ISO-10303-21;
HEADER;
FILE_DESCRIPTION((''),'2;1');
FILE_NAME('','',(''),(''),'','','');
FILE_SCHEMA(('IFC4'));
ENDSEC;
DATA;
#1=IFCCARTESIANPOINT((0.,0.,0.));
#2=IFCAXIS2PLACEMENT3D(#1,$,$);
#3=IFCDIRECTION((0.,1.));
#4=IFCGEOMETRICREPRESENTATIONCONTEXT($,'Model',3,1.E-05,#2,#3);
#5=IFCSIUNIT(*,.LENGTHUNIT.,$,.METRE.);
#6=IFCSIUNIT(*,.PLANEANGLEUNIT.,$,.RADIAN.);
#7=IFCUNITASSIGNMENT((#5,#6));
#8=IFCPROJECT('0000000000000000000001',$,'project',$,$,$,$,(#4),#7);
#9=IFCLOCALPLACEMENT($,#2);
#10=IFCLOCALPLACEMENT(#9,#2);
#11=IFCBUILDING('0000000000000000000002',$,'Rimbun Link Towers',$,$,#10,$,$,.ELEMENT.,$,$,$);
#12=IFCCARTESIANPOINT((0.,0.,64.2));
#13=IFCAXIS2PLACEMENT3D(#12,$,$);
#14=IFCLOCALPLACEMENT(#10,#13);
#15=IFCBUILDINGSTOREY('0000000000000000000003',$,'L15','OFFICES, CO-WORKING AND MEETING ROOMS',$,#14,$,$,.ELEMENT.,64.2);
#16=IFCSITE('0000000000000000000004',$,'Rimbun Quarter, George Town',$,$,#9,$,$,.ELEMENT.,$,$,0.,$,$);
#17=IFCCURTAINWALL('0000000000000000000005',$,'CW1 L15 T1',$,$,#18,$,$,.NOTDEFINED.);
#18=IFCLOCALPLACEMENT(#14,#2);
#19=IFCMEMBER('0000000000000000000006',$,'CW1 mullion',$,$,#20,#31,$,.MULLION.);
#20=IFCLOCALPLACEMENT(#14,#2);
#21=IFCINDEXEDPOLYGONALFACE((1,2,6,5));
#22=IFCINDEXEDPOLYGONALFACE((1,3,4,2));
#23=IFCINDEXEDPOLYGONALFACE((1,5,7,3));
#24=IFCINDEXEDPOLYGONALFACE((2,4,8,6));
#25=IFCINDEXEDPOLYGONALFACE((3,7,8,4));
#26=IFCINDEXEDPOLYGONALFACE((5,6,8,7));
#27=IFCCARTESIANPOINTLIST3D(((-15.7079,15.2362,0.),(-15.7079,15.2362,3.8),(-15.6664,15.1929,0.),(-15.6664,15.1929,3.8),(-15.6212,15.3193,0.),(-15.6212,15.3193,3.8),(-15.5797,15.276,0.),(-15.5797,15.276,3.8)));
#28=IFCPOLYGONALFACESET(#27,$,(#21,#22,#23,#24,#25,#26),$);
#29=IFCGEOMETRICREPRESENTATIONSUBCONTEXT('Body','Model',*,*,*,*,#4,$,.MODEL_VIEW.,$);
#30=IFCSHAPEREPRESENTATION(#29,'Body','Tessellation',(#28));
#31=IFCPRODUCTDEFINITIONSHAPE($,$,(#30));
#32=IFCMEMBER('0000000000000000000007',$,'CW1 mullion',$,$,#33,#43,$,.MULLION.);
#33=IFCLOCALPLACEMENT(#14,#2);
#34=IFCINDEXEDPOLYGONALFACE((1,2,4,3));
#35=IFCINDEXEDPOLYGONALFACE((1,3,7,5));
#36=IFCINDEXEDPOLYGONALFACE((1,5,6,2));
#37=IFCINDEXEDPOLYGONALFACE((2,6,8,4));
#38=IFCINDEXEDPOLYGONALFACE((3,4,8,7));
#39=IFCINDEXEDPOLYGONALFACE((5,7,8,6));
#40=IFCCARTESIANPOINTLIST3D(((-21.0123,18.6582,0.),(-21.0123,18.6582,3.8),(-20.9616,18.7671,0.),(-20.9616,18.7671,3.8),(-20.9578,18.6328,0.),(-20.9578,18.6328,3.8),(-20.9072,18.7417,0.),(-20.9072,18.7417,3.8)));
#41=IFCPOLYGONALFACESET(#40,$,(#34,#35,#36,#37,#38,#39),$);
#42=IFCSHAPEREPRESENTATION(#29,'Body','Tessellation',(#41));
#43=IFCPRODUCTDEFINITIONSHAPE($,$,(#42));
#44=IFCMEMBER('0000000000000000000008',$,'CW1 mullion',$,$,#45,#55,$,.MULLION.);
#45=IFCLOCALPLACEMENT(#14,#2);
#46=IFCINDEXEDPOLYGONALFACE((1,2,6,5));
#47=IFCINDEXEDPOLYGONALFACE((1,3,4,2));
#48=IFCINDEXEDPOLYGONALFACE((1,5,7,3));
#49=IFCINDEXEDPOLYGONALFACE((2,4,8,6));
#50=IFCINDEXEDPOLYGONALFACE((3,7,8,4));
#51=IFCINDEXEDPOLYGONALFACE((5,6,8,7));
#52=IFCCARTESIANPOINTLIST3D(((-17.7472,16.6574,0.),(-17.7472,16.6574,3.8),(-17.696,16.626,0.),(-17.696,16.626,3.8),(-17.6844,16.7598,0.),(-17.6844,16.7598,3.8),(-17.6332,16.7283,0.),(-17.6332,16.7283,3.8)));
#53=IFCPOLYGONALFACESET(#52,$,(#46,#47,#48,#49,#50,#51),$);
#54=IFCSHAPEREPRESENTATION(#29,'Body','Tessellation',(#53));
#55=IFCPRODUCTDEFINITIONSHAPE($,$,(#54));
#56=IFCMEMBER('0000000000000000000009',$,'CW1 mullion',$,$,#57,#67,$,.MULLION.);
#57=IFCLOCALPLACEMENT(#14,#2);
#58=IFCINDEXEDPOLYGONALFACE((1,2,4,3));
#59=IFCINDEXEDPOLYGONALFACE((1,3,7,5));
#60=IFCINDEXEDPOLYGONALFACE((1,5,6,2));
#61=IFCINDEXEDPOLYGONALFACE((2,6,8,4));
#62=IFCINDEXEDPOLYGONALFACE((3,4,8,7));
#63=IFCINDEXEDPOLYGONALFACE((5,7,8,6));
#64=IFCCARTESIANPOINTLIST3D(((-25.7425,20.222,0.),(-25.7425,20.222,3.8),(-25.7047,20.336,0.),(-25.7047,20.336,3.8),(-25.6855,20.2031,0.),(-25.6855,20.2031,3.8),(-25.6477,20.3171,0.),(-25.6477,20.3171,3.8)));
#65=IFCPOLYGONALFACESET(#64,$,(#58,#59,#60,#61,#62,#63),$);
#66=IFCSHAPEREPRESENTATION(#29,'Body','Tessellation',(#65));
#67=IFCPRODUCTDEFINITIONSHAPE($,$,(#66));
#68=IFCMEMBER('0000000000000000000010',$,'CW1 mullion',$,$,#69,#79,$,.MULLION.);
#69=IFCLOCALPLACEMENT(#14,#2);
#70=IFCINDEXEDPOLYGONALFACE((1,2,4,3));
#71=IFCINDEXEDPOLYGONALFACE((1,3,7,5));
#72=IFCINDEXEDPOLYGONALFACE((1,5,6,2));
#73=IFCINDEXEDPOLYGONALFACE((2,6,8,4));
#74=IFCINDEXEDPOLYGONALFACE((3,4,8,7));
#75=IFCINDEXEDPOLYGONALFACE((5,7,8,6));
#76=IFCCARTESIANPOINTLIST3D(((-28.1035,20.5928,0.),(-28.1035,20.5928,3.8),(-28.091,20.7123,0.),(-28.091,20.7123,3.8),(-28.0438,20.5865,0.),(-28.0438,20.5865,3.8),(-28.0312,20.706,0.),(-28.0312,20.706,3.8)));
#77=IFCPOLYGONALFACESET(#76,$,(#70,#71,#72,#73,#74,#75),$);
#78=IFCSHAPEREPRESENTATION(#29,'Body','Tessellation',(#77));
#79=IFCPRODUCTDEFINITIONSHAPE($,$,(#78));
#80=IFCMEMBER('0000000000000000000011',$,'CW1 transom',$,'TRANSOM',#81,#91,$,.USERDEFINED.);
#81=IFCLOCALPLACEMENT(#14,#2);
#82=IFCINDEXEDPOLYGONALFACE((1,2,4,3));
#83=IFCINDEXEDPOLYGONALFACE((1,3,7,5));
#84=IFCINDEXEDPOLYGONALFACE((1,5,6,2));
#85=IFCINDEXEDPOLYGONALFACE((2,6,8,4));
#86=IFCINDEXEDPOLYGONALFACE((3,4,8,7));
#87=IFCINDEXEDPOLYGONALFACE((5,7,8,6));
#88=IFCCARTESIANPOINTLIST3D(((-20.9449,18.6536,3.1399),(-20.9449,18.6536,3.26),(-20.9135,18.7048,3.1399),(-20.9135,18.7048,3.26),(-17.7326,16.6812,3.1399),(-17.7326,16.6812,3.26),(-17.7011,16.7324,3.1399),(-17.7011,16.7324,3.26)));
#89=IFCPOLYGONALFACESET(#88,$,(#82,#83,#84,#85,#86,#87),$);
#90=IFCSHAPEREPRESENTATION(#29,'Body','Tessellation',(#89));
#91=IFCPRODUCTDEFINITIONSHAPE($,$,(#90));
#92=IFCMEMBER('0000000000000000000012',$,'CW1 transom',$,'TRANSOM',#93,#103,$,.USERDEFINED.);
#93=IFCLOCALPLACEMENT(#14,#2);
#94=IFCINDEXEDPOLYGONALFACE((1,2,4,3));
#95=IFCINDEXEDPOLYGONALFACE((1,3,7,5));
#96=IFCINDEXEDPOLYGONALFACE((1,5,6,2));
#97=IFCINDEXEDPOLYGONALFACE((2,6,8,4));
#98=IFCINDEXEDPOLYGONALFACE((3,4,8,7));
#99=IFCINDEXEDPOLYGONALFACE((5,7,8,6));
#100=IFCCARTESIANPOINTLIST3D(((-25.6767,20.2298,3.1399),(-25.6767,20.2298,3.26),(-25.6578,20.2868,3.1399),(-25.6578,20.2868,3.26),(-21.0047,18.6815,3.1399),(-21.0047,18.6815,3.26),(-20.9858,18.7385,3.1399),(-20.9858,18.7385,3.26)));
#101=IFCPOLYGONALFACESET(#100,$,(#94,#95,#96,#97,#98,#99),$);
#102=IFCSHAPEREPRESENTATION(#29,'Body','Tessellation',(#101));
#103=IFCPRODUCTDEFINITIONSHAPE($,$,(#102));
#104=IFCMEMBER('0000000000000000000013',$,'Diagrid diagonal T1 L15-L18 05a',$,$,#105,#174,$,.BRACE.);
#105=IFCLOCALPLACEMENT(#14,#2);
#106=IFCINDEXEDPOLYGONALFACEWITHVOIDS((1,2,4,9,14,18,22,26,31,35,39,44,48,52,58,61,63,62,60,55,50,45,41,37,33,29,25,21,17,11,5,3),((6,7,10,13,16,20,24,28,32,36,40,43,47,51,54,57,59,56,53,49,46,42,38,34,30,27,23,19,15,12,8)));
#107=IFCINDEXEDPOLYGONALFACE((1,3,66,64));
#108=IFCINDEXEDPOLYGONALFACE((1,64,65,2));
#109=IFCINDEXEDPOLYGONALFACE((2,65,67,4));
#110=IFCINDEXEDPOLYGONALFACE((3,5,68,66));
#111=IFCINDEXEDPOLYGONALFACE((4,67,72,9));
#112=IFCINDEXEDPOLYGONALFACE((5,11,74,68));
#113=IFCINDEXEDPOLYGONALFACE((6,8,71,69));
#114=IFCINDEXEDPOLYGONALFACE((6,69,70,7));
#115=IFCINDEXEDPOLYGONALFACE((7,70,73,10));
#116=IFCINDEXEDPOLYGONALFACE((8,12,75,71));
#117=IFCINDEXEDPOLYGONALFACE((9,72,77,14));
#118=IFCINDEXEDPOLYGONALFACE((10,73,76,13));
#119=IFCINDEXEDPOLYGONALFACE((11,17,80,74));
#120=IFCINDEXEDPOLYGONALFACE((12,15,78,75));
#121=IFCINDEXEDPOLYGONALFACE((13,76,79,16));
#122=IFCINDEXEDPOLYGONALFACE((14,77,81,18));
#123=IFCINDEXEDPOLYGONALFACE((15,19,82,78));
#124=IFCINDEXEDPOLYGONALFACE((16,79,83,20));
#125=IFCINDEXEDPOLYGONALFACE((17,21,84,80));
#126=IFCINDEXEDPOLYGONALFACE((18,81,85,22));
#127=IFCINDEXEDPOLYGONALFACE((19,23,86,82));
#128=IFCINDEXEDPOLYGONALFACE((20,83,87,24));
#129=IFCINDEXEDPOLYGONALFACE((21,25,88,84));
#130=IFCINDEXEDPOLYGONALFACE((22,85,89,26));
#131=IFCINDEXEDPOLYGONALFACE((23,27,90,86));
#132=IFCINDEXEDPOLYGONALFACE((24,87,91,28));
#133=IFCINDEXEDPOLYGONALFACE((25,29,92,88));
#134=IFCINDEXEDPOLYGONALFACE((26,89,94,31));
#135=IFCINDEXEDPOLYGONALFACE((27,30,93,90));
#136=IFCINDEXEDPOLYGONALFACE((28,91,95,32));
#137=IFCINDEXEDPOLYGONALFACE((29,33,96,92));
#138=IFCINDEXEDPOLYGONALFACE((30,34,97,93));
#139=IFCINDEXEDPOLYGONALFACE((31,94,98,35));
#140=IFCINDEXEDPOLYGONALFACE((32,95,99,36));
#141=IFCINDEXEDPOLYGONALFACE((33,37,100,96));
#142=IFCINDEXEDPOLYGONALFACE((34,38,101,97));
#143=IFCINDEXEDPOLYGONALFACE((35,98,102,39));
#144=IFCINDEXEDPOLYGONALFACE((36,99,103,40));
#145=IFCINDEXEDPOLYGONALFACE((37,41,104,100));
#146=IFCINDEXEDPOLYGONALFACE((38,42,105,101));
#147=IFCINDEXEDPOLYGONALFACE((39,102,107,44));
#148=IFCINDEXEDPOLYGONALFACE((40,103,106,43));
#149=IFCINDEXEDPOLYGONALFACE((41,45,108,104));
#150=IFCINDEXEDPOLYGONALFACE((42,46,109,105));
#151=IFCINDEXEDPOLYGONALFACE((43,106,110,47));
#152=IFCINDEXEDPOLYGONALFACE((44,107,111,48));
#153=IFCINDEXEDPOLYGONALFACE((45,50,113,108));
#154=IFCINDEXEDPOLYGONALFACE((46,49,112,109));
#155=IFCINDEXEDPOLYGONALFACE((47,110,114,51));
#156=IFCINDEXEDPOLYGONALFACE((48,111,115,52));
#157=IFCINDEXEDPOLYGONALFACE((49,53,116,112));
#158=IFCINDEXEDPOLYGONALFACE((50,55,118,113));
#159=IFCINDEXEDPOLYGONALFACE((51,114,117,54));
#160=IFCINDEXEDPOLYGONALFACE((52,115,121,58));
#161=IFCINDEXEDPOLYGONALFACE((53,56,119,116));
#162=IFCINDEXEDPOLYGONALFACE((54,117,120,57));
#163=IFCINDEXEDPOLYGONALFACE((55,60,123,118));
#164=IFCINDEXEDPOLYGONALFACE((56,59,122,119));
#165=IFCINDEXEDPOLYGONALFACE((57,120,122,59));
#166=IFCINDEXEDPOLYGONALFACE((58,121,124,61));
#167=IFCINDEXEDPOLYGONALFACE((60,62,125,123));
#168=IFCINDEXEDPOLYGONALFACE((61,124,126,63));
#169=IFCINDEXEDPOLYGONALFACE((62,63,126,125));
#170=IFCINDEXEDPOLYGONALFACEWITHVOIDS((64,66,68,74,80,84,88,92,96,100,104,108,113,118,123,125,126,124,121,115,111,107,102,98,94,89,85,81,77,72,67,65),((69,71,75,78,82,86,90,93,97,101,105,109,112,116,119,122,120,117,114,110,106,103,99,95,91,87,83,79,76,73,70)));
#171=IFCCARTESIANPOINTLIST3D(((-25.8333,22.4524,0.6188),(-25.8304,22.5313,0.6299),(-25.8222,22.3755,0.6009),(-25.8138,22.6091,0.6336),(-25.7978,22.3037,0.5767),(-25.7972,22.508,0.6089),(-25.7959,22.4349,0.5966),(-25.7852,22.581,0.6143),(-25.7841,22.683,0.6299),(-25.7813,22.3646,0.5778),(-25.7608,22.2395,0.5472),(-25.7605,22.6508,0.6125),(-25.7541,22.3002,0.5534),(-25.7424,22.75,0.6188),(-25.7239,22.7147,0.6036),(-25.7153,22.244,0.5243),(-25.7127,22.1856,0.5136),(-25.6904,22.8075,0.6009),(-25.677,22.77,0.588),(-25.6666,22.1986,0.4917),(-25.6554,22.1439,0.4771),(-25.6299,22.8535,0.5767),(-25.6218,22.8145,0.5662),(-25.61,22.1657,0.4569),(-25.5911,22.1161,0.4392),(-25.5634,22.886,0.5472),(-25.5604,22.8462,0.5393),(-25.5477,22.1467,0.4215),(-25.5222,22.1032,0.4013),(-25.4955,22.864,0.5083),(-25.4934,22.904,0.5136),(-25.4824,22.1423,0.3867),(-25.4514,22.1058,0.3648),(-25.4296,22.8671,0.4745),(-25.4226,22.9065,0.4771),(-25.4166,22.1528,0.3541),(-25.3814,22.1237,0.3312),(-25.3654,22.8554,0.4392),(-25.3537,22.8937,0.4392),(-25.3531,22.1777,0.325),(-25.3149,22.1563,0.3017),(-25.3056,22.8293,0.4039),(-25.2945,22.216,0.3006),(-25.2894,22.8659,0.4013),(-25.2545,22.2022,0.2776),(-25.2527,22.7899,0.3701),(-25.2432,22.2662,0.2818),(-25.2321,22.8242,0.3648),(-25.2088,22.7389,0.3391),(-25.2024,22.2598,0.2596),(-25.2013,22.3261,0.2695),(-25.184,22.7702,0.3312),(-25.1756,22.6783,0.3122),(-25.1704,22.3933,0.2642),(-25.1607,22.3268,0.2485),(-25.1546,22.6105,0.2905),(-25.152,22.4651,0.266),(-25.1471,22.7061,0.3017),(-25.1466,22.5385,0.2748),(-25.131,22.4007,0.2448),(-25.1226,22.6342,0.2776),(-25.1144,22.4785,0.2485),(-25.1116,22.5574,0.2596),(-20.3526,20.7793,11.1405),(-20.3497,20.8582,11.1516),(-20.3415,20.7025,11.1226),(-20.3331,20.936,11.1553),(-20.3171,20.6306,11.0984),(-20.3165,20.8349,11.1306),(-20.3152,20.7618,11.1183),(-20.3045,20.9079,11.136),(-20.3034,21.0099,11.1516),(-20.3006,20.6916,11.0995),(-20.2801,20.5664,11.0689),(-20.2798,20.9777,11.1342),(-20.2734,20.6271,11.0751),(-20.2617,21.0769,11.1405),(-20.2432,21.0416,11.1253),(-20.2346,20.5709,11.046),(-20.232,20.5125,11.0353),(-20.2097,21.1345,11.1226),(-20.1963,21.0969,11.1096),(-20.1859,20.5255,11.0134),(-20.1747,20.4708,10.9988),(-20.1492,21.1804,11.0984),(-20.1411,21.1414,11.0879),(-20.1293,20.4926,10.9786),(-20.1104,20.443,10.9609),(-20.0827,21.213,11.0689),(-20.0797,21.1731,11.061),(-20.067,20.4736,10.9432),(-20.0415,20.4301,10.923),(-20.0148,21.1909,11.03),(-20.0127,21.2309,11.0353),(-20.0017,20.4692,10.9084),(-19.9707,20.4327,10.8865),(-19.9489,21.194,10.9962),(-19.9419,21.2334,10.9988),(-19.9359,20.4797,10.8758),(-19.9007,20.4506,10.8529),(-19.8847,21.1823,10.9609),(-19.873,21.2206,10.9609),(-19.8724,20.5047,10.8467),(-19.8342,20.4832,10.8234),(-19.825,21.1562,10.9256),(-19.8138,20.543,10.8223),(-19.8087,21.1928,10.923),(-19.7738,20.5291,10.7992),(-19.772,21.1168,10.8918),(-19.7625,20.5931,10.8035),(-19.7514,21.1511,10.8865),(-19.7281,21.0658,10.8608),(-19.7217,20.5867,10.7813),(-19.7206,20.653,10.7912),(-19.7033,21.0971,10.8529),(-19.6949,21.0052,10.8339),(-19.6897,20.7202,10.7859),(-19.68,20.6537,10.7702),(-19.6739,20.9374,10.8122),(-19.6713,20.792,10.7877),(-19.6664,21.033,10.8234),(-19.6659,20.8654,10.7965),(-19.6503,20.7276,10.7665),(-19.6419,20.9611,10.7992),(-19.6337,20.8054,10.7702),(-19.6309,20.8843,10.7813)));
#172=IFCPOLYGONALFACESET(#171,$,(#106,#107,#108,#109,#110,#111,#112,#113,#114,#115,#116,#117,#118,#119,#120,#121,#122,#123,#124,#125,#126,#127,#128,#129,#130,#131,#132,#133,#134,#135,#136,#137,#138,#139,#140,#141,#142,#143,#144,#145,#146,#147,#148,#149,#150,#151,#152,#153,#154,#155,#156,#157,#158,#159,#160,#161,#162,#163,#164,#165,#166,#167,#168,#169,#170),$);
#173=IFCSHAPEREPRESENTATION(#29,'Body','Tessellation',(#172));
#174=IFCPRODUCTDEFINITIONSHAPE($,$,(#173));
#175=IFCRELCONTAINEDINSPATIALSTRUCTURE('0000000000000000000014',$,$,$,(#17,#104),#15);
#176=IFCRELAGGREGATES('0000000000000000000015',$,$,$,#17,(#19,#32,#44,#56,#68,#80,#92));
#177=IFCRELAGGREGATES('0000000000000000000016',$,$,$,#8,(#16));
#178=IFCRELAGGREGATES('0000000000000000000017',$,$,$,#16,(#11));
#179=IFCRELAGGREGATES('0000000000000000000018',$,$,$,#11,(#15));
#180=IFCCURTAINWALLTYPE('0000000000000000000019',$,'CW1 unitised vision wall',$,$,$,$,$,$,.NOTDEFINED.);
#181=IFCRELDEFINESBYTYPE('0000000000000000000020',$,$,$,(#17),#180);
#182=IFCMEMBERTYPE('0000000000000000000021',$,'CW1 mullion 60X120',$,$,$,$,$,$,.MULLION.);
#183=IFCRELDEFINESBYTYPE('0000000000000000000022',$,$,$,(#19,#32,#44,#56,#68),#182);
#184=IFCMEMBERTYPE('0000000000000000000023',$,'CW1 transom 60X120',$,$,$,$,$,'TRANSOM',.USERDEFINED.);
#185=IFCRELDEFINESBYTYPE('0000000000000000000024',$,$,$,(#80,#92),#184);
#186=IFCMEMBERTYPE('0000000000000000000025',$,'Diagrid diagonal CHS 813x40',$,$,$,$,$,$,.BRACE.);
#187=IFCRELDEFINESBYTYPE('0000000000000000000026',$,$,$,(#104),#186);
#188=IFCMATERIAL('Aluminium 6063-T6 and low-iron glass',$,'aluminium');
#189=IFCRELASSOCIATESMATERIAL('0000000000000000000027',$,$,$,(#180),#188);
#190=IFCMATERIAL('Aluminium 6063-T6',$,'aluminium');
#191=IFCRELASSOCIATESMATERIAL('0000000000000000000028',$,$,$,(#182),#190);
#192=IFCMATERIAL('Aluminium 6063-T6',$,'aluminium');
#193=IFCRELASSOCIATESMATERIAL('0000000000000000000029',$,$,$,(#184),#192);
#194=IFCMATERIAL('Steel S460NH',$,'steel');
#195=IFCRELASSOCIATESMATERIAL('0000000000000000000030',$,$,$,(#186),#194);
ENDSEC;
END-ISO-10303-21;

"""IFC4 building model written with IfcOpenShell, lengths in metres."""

from ifc_helpers import new_model, si_unit, direction, frame, origin, origin_2d, place, context, subcontext, project, spatial, rectangle, hollow_circle, extrude, material, material_profile, profile_set, type_object, element, aggregate, save


model = new_model("IFC4")

# Units and contexts
model_context = context("Model", 3, precision=1e-05, world=origin(), true_north=direction((0.0, 1.0)))
body_context = subcontext(model_context, "Body", "Model", "MODEL_VIEW")
ifc_project = project(units=[si_unit("LENGTHUNIT", "METRE"), si_unit("PLANEANGLEUNIT", "RADIAN")], contexts=[model_context])

# Site, building, storey
site_placement = place(None, origin())
site = spatial("IfcSite", under=ifc_project, at=site_placement, Name="Rimbun Quarter, George Town", CompositionType="ELEMENT", RefElevation=0.0)
building_placement = place(site_placement, origin())
building = spatial("IfcBuilding", under=site, at=building_placement, Name="Rimbun Link Towers", CompositionType="ELEMENT")
storey_placement = place(building_placement, frame((0.0, 0.0, 64.2)))
storey = spatial("IfcBuildingStorey", under=building, at=storey_placement, Name="L15", Description="OFFICES, CO-WORKING AND MEETING ROOMS", CompositionType="ELEMENT", Elevation=64.2)

# Curtain wall, members
ifc_material_1 = material(Name="Aluminium 6063-T6 and low-iron glass", Category="aluminium")
curtain_wall_type = type_object("IfcCurtainWallType", Name="CW1 unitised vision wall", PredefinedType="NOTDEFINED", material=ifc_material_1)
curtain_wall_placement = place(storey_placement, origin())
curtain_wall = element("IfcCurtainWall", 1, at=curtain_wall_placement, inside=storey, type_object=curtain_wall_type, Name="CW1 L15 T1", PredefinedType="NOTDEFINED")
ifc_material_2 = material(Name="Aluminium 6063-T6", Category="aluminium")
ifc_material_profile_1 = material_profile(ifc_material_2, rectangle(XDim=0.1201, YDim=0.0601, at=origin_2d()), Name="MULLION 60X120")
ifc_profile_set_1 = profile_set([ifc_material_profile_1], Name="Aluminium 6063-T6")
member_type_1 = type_object("IfcMemberType", Name="CW1 mullion 60X120", PredefinedType="MULLION", material=ifc_profile_set_1)
member_1_placement = place(storey_placement, frame((-15.6438, 15.2561, 0.0), z_axis=(0.0, 0.0, 1.0), x_axis=(0.721854, 0.692045, 0.0)))
member_1 = element("IfcMember", 2, at=member_1_placement, type_object=member_type_1, Name="CW1 mullion", PredefinedType="MULLION", context=body_context, shape_type="SweptSolid", body=[
    extrude(rectangle(XDim=0.1201, YDim=0.0601, at=origin_2d()), origin(), (0.0, 0.0, 1.0), 3.8),
])
member_2_placement = place(storey_placement, frame((-20.9597, 18.7, 0.0), z_axis=(0.0, 0.0, 1.0), x_axis=(0.421699, 0.906736, 0.0)))
member_2 = element("IfcMember", 3, at=member_2_placement, type_object=member_type_1, Name="CW1 mullion", PredefinedType="MULLION", context=body_context, shape_type="SweptSolid", body=[
    extrude(rectangle(XDim=0.1201, YDim=0.0601, at=origin_2d()), origin(), (0.0, 0.0, 1.0), 3.8),
])
member_3_placement = place(storey_placement, frame((-17.6902, 16.6929, 0.0), z_axis=(0.0, 0.0, 1.0), x_axis=(0.523239, 0.852186, 0.0)))
member_3 = element("IfcMember", 4, at=member_3_placement, type_object=member_type_1, Name="CW1 mullion", PredefinedType="MULLION", context=body_context, shape_type="SweptSolid", body=[
    extrude(rectangle(XDim=0.1201, YDim=0.0601, at=origin_2d()), origin(), (0.0, 0.0, 1.0), 3.8),
])
member_4_placement = place(storey_placement, frame((-25.6951, 20.2695, 0.0), z_axis=(0.0, 0.0, 1.0), x_axis=(0.314556, 0.949239, 0.0)))
member_4 = element("IfcMember", 5, at=member_4_placement, type_object=member_type_1, Name="CW1 mullion", PredefinedType="MULLION", context=body_context, shape_type="SweptSolid", body=[
    extrude(rectangle(XDim=0.1201, YDim=0.0601, at=origin_2d()), origin(), (0.0, 0.0, 1.0), 3.8),
])
member_5_placement = place(storey_placement, frame((-28.0674, 20.6494, 0.0), z_axis=(0.0, 0.0, 1.0), x_axis=(0.104735, 0.9945, 0.0)))
member_5 = element("IfcMember", 6, at=member_5_placement, type_object=member_type_1, Name="CW1 mullion", PredefinedType="MULLION", context=body_context, shape_type="SweptSolid", body=[
    extrude(rectangle(XDim=0.1201, YDim=0.0601, at=origin_2d()), origin(), (0.0, 0.0, 1.0), 3.8),
])
ifc_material_3 = material(Name="Aluminium 6063-T6", Category="aluminium")
ifc_material_profile_2 = material_profile(ifc_material_3, rectangle(XDim=0.0601, YDim=0.1201, at=origin_2d()), Name="TRANSOM 60X120")
ifc_profile_set_2 = profile_set([ifc_material_profile_2], Name="Aluminium 6063-T6")
member_type_2 = type_object("IfcMemberType", Name="CW1 transom 60X120", ElementType="TRANSOM", PredefinedType="USERDEFINED", material=ifc_profile_set_2)
member_6_placement = place(storey_placement, frame((-20.9292, 18.6792, 3.2), z_axis=(0.852185, -0.523241, 0.0), x_axis=(0.523241, 0.852185, 0.0)))
member_6 = element("IfcMember", 7, at=member_6_placement, type_object=member_type_2, Name="CW1 transom", ObjectType="TRANSOM", PredefinedType="USERDEFINED", context=body_context, shape_type="SweptSolid", body=[
    extrude(rectangle(XDim=0.0601, YDim=0.1201, at=origin_2d()), origin(), (0.0, 0.0, 1.0), 3.7695),
])
member_7_placement = place(storey_placement, frame((-25.6672, 20.2583, 3.2), z_axis=(0.949232, -0.314576, 0.0), x_axis=(0.314576, 0.949232, 0.0)))
member_7 = element("IfcMember", 8, at=member_7_placement, type_object=member_type_2, Name="CW1 transom", ObjectType="TRANSOM", PredefinedType="USERDEFINED", context=body_context, shape_type="SweptSolid", body=[
    extrude(rectangle(XDim=0.0601, YDim=0.1201, at=origin_2d()), origin(), (0.0, 0.0, 1.0), 4.9219),
])

# Member
ifc_material_4 = material(Name="Steel S460NH", Category="steel")
ifc_material_profile_3 = material_profile(ifc_material_4, hollow_circle(Radius=0.4065, WallThickness=0.04, at=origin_2d()), Name="Diagrid diagonal CHS 813x40")
ifc_profile_set_3 = profile_set([ifc_material_profile_3], Name="Steel S460NH")
member_type_3 = type_object("IfcMemberType", Name="Diagrid diagonal CHS 813x40", PredefinedType="BRACE", material=ifc_profile_set_3)
member_8_placement = place(storey_placement, frame((-25.4724, 22.5049, 0.4392), z_axis=(0.457451, -0.139646, 0.878202), x_axis=(0.291968, 0.956428, 0.0)))
element("IfcMember", 9, at=member_8_placement, inside=storey, type_object=member_type_3, Name="Diagrid diagonal T1 L15-L18 05a", PredefinedType="BRACE", context=body_context, shape_type="SweptSolid", body=[
    extrude(hollow_circle(Radius=0.4065, WallThickness=0.04, at=origin_2d()), origin(), (0.0, 0.0, 1.0), 11.981),
])

aggregate(curtain_wall, [member_1, member_2, member_3, member_4, member_5, member_6, member_7])

save(model, "model.ifc")
